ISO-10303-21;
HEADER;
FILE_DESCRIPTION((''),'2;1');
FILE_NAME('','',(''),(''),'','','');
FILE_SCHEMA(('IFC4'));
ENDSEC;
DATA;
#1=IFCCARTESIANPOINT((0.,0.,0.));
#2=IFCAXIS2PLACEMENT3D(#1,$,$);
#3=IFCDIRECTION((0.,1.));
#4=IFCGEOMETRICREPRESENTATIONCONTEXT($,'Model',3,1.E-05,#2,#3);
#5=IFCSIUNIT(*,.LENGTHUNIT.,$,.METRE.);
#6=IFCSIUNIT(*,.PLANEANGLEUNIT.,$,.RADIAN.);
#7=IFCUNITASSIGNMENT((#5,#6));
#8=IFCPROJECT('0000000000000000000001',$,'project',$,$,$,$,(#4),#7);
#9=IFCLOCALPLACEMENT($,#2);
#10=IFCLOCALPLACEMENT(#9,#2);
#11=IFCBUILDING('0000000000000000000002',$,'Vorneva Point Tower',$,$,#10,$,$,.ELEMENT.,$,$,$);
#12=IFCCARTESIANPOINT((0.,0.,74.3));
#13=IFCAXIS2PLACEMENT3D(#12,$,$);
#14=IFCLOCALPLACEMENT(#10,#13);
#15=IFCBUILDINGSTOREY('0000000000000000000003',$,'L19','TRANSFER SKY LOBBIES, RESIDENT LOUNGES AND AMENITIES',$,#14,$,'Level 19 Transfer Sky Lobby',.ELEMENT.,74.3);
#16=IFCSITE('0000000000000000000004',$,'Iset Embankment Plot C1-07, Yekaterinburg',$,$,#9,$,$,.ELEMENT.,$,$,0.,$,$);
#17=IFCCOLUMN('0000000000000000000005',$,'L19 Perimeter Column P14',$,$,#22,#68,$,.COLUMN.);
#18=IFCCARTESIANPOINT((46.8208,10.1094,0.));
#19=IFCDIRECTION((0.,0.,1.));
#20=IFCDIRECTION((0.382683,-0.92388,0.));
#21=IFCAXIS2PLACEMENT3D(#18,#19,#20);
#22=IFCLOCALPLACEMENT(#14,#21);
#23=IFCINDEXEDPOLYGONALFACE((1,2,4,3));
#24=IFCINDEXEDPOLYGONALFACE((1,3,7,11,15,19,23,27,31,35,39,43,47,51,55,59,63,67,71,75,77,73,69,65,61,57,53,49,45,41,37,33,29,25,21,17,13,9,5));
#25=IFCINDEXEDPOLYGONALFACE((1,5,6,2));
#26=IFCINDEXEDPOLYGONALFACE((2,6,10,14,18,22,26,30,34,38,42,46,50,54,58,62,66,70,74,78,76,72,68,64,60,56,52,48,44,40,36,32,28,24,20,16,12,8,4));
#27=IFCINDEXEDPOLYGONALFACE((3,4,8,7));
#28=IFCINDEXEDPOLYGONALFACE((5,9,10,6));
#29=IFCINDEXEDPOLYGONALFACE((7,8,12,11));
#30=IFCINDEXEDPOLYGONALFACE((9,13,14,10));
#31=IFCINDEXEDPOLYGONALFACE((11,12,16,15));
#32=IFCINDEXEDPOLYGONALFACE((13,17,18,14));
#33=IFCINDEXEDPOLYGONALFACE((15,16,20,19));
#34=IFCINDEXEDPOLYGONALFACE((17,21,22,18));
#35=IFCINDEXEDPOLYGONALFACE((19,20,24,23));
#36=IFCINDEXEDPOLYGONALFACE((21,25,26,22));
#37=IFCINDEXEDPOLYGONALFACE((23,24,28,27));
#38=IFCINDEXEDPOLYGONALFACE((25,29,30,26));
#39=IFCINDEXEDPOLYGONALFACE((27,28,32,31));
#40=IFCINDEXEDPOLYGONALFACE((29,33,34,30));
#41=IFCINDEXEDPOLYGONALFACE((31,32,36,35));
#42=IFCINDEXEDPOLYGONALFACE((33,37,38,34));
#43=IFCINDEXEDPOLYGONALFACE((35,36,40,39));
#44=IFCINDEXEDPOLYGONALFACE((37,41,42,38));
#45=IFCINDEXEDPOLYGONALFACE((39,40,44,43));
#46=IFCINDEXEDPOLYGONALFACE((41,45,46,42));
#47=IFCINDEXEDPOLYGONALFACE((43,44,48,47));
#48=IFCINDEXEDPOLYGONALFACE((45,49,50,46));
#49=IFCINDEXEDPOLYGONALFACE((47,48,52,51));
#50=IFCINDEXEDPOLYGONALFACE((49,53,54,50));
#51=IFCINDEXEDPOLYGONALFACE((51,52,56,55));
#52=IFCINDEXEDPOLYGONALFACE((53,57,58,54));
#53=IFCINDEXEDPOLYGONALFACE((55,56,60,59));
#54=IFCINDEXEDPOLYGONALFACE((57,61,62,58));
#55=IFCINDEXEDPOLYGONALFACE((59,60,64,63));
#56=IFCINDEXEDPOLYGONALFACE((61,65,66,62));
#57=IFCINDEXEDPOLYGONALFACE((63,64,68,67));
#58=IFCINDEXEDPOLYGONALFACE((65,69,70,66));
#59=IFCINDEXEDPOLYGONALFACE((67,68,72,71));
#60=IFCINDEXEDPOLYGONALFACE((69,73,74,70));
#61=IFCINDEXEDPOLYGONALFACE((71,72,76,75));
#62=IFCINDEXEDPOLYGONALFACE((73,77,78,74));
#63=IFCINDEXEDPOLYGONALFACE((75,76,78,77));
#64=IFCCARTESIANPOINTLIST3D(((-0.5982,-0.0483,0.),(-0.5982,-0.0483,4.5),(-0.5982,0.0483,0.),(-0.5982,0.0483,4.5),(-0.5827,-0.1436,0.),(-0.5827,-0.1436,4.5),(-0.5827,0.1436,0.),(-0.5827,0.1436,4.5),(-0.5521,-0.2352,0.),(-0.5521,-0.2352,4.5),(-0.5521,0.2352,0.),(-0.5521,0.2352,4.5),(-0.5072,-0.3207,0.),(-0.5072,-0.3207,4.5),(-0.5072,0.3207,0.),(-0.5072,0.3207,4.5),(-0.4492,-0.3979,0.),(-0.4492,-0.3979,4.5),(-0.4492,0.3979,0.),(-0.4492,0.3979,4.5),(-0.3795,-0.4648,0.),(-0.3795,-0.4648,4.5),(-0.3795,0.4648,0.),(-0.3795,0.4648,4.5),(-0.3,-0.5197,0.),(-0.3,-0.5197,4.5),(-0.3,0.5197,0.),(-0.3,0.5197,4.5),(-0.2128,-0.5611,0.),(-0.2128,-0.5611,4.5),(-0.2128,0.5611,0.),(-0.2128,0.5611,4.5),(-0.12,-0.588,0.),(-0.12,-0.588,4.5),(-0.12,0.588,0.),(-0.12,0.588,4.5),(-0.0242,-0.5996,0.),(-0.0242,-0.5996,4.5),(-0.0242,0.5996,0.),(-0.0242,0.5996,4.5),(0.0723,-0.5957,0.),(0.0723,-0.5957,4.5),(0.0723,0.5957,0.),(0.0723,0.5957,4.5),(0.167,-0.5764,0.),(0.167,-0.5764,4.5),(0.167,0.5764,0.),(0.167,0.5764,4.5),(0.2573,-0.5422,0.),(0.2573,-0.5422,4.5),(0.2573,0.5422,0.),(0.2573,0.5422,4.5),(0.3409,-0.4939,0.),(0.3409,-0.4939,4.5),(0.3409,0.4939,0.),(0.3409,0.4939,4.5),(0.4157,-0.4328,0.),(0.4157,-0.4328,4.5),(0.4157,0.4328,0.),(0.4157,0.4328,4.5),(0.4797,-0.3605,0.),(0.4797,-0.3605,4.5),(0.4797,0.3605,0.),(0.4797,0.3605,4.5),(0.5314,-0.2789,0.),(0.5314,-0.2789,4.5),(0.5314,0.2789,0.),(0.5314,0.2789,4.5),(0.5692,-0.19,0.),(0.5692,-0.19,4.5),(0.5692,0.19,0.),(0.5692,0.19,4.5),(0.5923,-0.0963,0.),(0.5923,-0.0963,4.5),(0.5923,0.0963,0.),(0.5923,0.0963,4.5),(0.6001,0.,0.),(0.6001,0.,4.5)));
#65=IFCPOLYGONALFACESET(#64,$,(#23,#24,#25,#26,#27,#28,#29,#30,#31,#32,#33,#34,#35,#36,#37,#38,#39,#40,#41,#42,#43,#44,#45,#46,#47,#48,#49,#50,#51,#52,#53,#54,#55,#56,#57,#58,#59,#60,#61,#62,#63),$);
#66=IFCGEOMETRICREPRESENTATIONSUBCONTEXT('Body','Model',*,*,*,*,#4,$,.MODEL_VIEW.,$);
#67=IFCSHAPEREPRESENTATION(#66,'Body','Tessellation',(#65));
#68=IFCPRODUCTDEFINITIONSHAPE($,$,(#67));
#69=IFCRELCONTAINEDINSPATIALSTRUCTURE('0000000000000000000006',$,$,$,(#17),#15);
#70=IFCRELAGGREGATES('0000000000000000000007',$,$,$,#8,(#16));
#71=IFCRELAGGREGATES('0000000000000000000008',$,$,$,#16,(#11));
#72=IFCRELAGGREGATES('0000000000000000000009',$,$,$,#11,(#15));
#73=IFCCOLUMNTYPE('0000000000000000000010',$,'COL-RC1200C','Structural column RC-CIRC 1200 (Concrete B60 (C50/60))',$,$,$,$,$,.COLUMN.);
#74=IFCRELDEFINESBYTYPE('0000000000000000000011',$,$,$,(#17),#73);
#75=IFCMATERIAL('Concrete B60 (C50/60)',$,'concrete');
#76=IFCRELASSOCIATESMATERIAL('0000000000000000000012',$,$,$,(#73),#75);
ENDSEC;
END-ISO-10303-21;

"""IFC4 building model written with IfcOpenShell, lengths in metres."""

from ifc_helpers import new_model, si_unit, direction, frame, origin, origin_2d, place, context, subcontext, project, spatial, circle, extrude, material, material_profile, profile_set, type_object, element, save


model = new_model("IFC4")

# Units and contexts
model_context = context("Model", 3, precision=1e-05, world=origin(), true_north=direction((0.0, 1.0)))
body_context = subcontext(model_context, "Body", "Model", "MODEL_VIEW")
ifc_project = project(units=[si_unit("LENGTHUNIT", "METRE"), si_unit("PLANEANGLEUNIT", "RADIAN")], contexts=[model_context])

# Site, building, storey
site_placement = place(None, origin())
site = spatial("IfcSite", under=ifc_project, at=site_placement, Name="Iset Embankment Plot C1-07, Yekaterinburg", CompositionType="ELEMENT", RefElevation=0.0)
building_placement = place(site_placement, origin())
building = spatial("IfcBuilding", under=site, at=building_placement, Name="Vorneva Point Tower", CompositionType="ELEMENT")
storey_placement = place(building_placement, frame((0.0, 0.0, 74.3)))
storey = spatial("IfcBuildingStorey", under=building, at=storey_placement, Name="L19", Description="TRANSFER SKY LOBBIES, RESIDENT LOUNGES AND AMENITIES", LongName="Level 19 Transfer Sky Lobby", CompositionType="ELEMENT", Elevation=74.3)

# Column
ifc_material_1 = material(Name="Concrete B60 (C50/60)", Category="concrete")
ifc_material_profile_1 = material_profile(ifc_material_1, circle(Radius=0.6001, at=origin_2d()), Name="RC-CIRC 1200")
ifc_profile_set_1 = profile_set([ifc_material_profile_1], Name="Concrete B60 (C50/60)")
column_type = type_object("IfcColumnType", Name="COL-RC1200C", Description="Structural column RC-CIRC 1200 (Concrete B60 (C50/60))", PredefinedType="COLUMN", material=ifc_profile_set_1)
column_placement = place(storey_placement, frame((46.8208, 10.1094, 0.0), z_axis=(0.0, 0.0, 1.0), x_axis=(0.382683, -0.92388, 0.0)))
element("IfcColumn", 1, at=column_placement, inside=storey, type_object=column_type, Name="L19 Perimeter Column P14", PredefinedType="COLUMN", context=body_context, shape_type="SweptSolid", body=[
    extrude(circle(Radius=0.6001, at=origin_2d()), origin(), (0.0, 0.0, 1.0), 4.5),
])

save(model, "model.ifc")
